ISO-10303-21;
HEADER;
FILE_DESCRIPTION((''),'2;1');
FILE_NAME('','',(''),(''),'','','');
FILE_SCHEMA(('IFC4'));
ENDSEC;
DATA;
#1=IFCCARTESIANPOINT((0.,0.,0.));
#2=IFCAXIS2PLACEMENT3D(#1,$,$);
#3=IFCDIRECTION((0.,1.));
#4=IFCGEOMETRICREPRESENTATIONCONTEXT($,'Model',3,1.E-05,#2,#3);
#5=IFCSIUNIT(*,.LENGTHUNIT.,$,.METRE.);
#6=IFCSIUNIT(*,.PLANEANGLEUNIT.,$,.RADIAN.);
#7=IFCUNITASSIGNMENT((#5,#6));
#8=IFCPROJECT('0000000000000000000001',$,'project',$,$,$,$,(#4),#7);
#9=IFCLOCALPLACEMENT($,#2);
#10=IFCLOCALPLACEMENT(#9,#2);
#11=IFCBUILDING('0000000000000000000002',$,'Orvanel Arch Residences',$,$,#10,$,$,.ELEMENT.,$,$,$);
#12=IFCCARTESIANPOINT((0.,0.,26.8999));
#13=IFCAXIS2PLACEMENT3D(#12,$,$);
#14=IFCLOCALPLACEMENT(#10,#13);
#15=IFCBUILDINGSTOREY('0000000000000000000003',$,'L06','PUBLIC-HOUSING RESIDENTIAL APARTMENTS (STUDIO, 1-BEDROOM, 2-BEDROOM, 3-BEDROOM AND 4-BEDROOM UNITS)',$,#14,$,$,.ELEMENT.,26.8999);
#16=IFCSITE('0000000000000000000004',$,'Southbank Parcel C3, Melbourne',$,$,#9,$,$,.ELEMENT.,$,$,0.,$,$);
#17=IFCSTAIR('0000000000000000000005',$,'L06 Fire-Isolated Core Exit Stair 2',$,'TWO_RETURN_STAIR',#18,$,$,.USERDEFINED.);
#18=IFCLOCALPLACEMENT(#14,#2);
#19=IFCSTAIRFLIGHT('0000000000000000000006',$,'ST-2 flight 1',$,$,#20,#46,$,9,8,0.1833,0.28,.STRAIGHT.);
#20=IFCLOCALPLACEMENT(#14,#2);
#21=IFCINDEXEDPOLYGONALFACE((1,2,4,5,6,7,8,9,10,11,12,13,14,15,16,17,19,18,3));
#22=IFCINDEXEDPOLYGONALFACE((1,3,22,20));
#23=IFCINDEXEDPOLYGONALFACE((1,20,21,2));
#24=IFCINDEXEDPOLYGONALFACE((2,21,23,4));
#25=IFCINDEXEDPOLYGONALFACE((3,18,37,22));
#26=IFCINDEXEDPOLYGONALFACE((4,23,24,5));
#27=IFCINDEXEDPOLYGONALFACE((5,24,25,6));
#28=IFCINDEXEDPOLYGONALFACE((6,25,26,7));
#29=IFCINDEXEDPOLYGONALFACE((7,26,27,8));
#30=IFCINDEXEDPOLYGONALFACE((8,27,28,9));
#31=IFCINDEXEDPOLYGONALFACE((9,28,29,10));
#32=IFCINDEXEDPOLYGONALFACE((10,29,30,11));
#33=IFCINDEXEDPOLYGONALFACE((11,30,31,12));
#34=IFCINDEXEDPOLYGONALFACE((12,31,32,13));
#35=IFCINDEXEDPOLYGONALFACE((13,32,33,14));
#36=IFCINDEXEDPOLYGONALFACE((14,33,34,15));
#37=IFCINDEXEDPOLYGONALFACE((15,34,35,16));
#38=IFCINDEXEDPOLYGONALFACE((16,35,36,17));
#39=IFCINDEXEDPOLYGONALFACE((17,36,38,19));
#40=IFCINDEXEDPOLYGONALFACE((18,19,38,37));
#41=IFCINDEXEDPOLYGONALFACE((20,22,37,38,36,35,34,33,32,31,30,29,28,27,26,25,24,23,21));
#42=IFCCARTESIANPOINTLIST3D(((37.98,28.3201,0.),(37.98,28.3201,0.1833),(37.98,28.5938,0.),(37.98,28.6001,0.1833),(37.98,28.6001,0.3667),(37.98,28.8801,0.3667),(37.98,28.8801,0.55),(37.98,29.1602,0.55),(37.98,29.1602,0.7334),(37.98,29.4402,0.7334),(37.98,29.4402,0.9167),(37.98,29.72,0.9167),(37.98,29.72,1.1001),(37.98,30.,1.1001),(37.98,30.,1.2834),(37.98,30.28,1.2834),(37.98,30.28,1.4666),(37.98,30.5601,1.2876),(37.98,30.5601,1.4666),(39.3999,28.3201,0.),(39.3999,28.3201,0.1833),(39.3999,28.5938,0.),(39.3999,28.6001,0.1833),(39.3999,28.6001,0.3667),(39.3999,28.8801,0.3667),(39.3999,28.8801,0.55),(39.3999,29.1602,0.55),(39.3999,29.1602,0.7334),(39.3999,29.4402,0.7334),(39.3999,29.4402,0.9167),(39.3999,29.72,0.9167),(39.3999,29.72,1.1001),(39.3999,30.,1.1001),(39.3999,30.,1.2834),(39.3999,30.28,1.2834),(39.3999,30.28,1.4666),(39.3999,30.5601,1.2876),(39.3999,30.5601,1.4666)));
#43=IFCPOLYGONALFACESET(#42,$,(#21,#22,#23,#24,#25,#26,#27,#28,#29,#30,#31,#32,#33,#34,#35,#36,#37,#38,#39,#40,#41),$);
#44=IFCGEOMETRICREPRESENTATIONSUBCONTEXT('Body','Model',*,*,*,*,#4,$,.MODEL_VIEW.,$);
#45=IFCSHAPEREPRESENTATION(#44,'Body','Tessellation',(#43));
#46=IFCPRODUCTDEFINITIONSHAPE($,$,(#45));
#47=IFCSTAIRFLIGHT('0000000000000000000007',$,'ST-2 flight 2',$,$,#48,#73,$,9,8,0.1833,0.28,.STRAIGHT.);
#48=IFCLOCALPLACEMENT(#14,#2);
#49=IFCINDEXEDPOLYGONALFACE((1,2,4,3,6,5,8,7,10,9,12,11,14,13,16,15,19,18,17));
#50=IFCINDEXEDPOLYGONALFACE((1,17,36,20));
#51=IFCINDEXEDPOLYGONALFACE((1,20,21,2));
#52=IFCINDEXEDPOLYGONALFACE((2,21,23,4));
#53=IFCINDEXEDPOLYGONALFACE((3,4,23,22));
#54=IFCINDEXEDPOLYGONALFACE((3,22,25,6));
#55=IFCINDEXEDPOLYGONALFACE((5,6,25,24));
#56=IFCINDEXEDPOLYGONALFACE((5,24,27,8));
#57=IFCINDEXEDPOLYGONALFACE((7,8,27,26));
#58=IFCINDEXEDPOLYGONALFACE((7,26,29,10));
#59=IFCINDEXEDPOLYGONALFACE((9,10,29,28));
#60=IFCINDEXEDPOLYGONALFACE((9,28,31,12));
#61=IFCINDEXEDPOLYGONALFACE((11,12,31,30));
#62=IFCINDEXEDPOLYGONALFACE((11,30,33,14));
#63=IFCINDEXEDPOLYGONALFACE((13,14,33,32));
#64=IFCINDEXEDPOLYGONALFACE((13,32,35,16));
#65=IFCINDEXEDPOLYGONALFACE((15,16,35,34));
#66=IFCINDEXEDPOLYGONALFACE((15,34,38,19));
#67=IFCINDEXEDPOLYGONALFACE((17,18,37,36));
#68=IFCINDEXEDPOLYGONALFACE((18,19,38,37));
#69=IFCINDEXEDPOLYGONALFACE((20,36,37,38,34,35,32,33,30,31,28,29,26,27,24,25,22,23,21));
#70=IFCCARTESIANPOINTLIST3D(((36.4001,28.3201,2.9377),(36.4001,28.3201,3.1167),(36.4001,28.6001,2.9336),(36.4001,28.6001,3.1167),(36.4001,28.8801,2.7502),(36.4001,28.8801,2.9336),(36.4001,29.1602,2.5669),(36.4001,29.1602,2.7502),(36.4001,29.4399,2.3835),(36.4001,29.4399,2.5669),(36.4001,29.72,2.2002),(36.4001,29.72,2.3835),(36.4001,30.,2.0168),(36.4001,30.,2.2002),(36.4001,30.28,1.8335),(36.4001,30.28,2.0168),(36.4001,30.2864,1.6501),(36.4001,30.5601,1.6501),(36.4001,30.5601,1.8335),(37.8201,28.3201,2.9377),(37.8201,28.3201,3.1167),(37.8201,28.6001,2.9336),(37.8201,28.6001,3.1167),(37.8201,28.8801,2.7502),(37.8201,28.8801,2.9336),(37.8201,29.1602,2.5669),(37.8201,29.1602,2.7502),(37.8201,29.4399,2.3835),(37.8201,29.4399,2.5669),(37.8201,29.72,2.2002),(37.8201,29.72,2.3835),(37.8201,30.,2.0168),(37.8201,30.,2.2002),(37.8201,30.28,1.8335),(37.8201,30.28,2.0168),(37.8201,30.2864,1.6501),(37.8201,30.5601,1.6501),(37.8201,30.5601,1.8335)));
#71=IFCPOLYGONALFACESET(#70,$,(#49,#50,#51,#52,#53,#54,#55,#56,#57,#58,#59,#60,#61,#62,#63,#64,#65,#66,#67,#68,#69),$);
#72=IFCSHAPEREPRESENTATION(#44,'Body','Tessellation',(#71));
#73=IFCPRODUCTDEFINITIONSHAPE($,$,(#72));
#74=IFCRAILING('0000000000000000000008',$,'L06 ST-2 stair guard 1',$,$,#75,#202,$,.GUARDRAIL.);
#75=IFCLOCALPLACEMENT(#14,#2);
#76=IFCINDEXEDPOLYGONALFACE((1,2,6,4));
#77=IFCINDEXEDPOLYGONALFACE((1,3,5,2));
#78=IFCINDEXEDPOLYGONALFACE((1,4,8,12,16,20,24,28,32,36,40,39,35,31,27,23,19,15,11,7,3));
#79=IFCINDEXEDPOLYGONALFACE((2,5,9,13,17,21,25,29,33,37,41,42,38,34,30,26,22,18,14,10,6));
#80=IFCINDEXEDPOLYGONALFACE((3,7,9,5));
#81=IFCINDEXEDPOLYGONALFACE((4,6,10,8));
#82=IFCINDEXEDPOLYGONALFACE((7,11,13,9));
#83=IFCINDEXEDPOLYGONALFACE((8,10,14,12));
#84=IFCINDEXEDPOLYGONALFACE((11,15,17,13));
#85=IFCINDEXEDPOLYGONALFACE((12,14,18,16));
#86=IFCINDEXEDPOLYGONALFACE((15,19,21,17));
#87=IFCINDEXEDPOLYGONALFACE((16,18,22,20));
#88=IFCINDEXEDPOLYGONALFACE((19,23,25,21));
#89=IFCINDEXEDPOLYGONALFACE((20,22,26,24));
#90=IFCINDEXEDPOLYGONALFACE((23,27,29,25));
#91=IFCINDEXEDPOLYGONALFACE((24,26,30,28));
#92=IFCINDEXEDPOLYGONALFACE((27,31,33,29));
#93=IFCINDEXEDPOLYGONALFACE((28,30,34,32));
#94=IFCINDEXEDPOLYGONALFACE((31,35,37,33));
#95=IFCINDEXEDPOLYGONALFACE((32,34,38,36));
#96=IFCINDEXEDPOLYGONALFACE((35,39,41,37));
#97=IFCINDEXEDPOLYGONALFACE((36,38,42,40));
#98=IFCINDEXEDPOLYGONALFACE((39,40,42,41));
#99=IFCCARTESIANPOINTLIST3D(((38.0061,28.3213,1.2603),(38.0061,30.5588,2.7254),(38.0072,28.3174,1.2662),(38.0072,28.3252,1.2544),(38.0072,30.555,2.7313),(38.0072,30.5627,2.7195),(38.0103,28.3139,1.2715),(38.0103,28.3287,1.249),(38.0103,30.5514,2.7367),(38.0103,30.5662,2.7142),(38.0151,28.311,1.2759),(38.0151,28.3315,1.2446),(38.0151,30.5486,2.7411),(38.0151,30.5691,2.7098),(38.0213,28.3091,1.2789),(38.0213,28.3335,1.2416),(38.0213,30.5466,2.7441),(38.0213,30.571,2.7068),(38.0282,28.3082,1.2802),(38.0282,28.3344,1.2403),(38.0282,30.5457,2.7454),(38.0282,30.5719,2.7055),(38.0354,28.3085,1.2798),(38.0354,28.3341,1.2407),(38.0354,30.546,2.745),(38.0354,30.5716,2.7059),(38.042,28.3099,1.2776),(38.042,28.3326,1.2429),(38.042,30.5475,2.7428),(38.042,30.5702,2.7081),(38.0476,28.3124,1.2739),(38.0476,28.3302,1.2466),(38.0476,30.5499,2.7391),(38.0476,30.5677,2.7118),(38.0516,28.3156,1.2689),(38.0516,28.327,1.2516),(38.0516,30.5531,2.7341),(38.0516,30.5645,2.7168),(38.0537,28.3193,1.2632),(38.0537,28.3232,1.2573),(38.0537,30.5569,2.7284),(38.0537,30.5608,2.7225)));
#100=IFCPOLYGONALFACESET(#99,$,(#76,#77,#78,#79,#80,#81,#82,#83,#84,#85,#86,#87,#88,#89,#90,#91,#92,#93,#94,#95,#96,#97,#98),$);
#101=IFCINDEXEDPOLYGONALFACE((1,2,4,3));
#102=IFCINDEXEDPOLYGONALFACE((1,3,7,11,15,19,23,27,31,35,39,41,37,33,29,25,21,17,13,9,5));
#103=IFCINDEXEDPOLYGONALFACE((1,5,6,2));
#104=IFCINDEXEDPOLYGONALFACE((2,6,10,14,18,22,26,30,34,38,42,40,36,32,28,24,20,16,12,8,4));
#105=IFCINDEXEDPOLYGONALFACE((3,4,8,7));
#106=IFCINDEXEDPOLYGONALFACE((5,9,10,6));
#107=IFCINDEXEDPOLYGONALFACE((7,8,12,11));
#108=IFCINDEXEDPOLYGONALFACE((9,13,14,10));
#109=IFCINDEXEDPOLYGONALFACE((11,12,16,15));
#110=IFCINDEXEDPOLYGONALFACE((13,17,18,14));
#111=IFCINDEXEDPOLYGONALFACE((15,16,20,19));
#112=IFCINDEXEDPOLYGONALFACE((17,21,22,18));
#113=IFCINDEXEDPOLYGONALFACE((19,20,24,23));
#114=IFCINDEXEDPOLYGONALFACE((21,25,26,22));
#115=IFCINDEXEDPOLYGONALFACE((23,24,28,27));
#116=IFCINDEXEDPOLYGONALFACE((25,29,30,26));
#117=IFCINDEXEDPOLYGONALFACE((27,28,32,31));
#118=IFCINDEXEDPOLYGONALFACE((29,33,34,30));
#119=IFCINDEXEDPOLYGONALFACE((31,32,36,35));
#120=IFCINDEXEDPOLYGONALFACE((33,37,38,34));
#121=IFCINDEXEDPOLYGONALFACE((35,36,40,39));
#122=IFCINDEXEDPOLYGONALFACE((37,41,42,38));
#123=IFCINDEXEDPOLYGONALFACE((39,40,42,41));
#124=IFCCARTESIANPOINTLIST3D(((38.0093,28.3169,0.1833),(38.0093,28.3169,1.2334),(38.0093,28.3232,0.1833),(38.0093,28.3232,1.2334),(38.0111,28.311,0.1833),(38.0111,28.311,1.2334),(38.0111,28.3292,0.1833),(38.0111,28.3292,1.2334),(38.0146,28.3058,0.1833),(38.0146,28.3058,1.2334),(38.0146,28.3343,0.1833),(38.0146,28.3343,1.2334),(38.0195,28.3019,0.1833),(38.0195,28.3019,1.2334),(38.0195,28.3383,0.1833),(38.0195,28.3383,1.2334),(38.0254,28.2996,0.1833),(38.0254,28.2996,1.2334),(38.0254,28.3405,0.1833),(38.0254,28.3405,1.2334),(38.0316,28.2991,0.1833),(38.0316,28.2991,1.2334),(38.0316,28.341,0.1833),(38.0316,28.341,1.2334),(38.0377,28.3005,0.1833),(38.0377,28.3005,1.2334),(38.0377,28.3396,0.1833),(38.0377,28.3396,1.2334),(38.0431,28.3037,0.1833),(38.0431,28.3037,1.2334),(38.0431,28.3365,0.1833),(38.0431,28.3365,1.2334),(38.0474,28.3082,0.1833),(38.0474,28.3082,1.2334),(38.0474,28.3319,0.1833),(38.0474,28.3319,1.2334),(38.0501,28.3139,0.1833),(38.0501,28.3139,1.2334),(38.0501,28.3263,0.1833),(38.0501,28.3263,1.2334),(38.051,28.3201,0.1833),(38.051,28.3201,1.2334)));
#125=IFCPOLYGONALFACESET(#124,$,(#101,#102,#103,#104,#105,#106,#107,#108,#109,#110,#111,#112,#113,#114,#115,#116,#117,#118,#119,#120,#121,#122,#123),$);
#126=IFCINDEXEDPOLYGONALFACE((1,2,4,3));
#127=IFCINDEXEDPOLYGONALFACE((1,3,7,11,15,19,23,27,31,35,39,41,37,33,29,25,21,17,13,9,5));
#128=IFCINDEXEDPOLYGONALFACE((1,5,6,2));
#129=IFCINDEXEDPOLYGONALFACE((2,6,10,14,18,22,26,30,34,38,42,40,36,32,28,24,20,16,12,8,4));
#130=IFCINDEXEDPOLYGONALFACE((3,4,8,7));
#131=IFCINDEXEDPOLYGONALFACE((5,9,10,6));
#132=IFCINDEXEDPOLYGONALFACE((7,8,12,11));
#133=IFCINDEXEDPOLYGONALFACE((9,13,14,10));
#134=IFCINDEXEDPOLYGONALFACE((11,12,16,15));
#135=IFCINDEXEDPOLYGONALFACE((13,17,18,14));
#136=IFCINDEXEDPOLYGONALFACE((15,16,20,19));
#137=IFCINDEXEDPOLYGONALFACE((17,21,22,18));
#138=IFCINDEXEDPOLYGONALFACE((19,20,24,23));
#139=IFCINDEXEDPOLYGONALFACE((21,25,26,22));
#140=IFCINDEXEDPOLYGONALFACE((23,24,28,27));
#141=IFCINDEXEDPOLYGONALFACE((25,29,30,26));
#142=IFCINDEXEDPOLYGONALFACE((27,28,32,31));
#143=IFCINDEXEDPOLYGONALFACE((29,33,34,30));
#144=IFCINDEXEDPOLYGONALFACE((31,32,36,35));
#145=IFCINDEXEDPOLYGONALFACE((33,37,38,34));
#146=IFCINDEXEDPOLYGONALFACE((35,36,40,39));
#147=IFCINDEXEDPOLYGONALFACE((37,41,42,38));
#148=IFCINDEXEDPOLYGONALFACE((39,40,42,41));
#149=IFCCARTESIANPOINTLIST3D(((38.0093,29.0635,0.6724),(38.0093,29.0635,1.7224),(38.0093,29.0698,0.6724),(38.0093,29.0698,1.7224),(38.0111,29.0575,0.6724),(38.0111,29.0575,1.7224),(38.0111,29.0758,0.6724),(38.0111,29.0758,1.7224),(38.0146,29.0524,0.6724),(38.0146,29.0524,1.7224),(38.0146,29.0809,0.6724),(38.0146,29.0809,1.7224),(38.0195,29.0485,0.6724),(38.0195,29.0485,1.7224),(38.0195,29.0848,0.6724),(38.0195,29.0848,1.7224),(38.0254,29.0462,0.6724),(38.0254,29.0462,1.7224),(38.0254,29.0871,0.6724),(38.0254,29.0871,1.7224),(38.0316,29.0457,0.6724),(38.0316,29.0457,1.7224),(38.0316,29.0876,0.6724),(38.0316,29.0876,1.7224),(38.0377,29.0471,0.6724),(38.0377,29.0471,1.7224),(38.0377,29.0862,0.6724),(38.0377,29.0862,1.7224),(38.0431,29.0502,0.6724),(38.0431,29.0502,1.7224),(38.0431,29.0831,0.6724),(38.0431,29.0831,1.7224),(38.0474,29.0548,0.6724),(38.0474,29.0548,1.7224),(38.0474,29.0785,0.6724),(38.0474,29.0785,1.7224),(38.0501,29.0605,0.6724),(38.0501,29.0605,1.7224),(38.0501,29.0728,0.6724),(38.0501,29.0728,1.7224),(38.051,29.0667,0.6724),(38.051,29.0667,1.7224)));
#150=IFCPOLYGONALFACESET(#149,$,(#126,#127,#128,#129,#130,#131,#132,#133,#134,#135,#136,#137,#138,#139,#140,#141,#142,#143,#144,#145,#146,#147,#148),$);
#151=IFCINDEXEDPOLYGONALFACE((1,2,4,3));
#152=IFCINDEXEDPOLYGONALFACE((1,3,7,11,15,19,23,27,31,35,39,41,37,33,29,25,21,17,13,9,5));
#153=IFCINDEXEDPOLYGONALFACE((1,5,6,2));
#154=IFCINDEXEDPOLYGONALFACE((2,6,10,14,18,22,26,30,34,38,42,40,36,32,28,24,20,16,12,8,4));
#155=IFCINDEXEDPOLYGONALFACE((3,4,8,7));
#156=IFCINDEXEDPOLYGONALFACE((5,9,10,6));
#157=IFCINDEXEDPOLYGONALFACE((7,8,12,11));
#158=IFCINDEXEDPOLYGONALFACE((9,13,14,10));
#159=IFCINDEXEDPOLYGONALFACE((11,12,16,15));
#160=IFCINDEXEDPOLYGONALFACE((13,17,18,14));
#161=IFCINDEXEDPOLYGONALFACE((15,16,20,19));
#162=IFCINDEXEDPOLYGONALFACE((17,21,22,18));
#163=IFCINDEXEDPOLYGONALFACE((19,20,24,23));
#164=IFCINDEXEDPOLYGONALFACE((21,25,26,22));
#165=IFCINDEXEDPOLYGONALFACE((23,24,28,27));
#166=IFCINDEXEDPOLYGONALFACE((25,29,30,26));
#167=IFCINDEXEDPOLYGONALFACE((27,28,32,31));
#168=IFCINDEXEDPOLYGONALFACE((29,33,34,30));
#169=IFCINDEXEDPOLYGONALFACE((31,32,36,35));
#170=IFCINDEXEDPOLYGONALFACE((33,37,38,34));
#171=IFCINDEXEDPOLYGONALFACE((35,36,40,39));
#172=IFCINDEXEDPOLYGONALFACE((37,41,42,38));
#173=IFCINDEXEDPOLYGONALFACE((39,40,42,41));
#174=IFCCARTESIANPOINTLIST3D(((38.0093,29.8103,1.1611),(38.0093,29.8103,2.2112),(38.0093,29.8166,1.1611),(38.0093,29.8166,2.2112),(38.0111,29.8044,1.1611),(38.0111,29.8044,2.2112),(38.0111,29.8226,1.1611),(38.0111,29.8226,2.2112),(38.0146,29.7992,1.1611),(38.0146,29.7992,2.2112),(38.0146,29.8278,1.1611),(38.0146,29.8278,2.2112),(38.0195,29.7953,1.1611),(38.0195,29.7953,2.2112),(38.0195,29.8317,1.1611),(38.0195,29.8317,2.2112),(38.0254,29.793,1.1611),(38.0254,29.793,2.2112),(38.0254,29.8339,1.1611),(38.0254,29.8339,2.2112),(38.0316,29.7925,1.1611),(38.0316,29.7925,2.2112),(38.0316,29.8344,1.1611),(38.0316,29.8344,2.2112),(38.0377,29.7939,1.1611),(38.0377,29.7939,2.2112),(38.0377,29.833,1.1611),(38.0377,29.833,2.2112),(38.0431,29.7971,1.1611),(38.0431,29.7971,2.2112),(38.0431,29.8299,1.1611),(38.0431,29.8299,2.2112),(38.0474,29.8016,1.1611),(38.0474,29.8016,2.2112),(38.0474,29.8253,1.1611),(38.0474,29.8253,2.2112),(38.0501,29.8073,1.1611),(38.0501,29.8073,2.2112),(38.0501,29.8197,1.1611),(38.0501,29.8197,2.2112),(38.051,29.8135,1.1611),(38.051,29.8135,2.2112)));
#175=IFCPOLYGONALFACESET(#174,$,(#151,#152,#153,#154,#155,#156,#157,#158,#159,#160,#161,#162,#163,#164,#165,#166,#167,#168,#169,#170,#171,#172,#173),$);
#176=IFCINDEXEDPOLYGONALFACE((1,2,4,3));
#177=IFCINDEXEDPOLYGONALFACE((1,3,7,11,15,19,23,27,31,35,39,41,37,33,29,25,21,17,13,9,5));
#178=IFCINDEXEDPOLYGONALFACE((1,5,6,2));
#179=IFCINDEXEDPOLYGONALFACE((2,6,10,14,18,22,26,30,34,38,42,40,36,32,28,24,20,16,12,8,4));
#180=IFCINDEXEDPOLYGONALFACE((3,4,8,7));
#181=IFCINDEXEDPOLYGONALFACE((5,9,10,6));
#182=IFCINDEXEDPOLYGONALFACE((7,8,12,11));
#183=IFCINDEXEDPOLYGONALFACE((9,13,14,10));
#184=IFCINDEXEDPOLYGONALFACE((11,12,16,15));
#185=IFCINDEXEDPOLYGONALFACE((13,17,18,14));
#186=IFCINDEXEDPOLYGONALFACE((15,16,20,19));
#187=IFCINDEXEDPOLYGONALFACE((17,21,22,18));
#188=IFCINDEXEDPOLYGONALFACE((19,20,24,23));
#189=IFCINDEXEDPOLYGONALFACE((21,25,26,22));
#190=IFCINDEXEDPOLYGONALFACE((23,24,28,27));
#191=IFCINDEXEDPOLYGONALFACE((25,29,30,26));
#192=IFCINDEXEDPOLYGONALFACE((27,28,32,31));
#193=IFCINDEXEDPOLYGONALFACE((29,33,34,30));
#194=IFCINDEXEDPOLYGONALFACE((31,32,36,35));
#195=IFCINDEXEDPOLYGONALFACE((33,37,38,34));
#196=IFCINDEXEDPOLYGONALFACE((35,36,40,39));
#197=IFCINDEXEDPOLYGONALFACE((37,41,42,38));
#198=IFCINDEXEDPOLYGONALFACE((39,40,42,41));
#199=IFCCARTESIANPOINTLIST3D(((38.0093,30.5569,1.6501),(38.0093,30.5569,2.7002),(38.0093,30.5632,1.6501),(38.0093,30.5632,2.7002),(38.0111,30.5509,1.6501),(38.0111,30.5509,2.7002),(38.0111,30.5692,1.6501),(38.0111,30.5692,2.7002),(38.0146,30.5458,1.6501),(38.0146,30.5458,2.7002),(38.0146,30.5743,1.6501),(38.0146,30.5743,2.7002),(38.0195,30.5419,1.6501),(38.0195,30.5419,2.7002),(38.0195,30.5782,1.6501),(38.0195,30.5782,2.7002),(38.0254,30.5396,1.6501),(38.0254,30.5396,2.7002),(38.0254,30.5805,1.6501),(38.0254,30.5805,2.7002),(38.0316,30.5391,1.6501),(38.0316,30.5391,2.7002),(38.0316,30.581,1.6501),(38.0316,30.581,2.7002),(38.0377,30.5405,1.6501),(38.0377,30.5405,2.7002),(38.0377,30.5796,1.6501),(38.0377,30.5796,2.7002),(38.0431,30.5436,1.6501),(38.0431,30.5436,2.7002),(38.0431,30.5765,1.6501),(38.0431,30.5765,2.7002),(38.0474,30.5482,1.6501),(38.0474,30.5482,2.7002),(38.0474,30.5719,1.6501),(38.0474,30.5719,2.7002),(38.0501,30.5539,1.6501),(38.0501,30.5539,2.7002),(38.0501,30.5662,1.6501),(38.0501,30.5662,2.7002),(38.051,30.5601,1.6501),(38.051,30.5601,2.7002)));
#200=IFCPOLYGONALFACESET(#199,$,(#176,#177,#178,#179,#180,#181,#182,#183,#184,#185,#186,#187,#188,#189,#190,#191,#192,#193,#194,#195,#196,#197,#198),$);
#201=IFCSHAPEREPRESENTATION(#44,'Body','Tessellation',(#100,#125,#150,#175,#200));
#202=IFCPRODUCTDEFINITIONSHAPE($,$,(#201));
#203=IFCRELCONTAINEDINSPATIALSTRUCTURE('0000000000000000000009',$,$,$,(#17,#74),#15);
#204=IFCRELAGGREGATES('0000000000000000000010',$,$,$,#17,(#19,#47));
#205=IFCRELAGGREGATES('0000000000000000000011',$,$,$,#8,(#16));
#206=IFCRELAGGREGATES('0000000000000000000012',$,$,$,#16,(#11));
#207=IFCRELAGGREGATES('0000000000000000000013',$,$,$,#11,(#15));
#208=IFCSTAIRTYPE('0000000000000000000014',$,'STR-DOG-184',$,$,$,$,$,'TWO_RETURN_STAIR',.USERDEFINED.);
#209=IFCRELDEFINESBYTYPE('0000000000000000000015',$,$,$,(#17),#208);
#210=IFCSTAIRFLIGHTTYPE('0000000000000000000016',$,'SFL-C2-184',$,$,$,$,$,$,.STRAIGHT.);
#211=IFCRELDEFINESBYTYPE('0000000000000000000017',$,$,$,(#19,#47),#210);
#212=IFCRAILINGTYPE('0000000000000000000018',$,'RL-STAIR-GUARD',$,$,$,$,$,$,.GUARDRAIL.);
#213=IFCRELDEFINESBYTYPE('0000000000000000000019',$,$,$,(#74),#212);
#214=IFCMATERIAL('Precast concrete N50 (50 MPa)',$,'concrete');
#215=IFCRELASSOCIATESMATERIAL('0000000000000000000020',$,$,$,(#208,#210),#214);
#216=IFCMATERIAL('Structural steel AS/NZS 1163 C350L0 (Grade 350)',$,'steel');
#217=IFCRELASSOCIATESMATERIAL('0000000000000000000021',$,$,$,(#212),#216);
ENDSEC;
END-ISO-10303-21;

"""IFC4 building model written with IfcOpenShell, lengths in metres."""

from ifc_helpers import new_model, si_unit, direction, frame, origin, origin_2d, place, context, subcontext, project, spatial, polyline, circle, outline, extrude, material, type_object, element, aggregate, save


model = new_model("IFC4")

# Units and contexts
model_context = context("Model", 3, precision=1e-05, world=origin(), true_north=direction((0.0, 1.0)))
body_context = subcontext(model_context, "Body", "Model", "MODEL_VIEW")
ifc_project = project(units=[si_unit("LENGTHUNIT", "METRE"), si_unit("PLANEANGLEUNIT", "RADIAN")], contexts=[model_context])

# Site, building, storey
site_placement = place(None, origin())
site = spatial("IfcSite", under=ifc_project, at=site_placement, Name="Southbank Parcel C3, Melbourne", CompositionType="ELEMENT", RefElevation=0.0)
building_placement = place(site_placement, origin())
building = spatial("IfcBuilding", under=site, at=building_placement, Name="Orvanel Arch Residences", CompositionType="ELEMENT")
storey_placement = place(building_placement, frame((0.0, 0.0, 26.8999)))
storey = spatial("IfcBuildingStorey", under=building, at=storey_placement, Name="L06", Description="PUBLIC-HOUSING RESIDENTIAL APARTMENTS (STUDIO, 1-BEDROOM, 2-BEDROOM, 3-BEDROOM AND 4-BEDROOM UNITS)", CompositionType="ELEMENT", Elevation=26.8999)

# Stair, stair flights
ifc_material_1 = material(Name="Precast concrete N50 (50 MPa)", Category="concrete")
stair_type = type_object("IfcStairType", Name="STR-DOG-184", ElementType="TWO_RETURN_STAIR", PredefinedType="USERDEFINED", material=ifc_material_1)
stair_placement = place(storey_placement, origin())
stair = element("IfcStair", 1, at=stair_placement, inside=storey, type_object=stair_type, Name="L06 Fire-Isolated Core Exit Stair 2", ObjectType="TWO_RETURN_STAIR", PredefinedType="USERDEFINED")
stair_flight_type = type_object("IfcStairFlightType", Name="SFL-C2-184", PredefinedType="STRAIGHT", material=ifc_material_1)
stair_flight_1_placement = place(storey_placement, frame((38.6899, 28.3201, 0.0), z_axis=(0.0, 0.0, 1.0), x_axis=(0.0, 1.0, 0.0)))
stair_flight_1 = element("IfcStairFlight", 2, at=stair_flight_1_placement, type_object=stair_flight_type, Name="ST-2 flight 1", NumberOfRisers=9, NumberOfTreads=8, PredefinedType="STRAIGHT", RiserHeight=0.1833, TreadLength=0.28, context=body_context, shape_type="SweptSolid", body=[
    extrude(outline(polyline([(0.0, 0.0), (0.0, 0.1833), (0.28, 0.1833), (0.28, 0.3667), (0.5601, 0.3667), (0.5601, 0.55), (0.8401, 0.55), (0.8401, 0.7334), (1.1201, 0.7334), (1.1201, 0.9167), (1.3999, 0.9167), (1.3999, 1.1001), (1.6799, 1.1001), (1.6799, 1.2834), (1.96, 1.2834), (1.96, 1.4666), (2.24, 1.4666), (2.24, 1.6499), (2.24, 1.2876), (0.2737, 0.0), (0.0, 0.0)])), frame((0.0, 0.71, 0.0), z_axis=(0.0, -1.0, 0.0), x_axis=(1.0, 0.0, 0.0)), (0.0, 0.0, 1.0), 1.4199),
])
stair_flight_2_placement = place(storey_placement, frame((37.1101, 30.5601, 1.6501), z_axis=(0.0, 0.0, 1.0), x_axis=(0.0, -1.0, 0.0)))
stair_flight_2 = element("IfcStairFlight", 3, at=stair_flight_2_placement, type_object=stair_flight_type, Name="ST-2 flight 2", NumberOfRisers=9, NumberOfTreads=8, PredefinedType="STRAIGHT", RiserHeight=0.1833, TreadLength=0.28, context=body_context, shape_type="SweptSolid", body=[
    extrude(outline(polyline([(0.0, 0.0), (0.0, 0.1833), (0.28, 0.1833), (0.28, 0.3667), (0.5601, 0.3667), (0.5601, 0.55), (0.8401, 0.55), (0.8401, 0.7334), (1.1201, 0.7334), (1.1201, 0.9167), (1.3999, 0.9167), (1.3999, 1.1001), (1.6799, 1.1001), (1.6799, 1.2834), (1.96, 1.2834), (1.96, 1.4666), (2.24, 1.4666), (2.24, 1.6499), (2.24, 1.2876), (0.2737, 0.0), (0.0, 0.0)])), frame((0.0, 0.71, 0.0), z_axis=(0.0, -1.0, 0.0), x_axis=(1.0, 0.0, 0.0)), (0.0, 0.0, 1.0), 1.4199),
])
aggregate(stair, [stair_flight_1, stair_flight_2])

# Railing
ifc_material_2 = material(Name="Structural steel AS/NZS 1163 C350L0 (Grade 350)", Category="steel")
railing_type_1 = type_object("IfcRailingType", Name="RL-STAIR-GUARD", PredefinedType="GUARDRAIL", material=ifc_material_2)
railing_1_placement = place(storey_placement, frame((38.03, 28.3201, 0.1833)))
element("IfcRailing", 4, at=railing_1_placement, inside=storey, type_object=railing_type_1, Name="L06 ST-2 stair guard 1", PredefinedType="GUARDRAIL", context=body_context, shape_type="SweptSolid", body=[
    extrude(circle(Radius=0.0239, at=origin_2d()), frame((0.0, 0.0012, 1.0769), z_axis=(0.0, 0.836595, 0.547822), x_axis=(-1.0, 0.0, 0.0)), (0.0, 0.0, 1.0), 2.6746),
    extrude(circle(Radius=0.021, at=origin_2d()), origin(), (0.0, 0.0, 1.0), 1.05),
    extrude(circle(Radius=0.021, at=origin_2d()), frame((0.0, 0.7466, 0.489)), (0.0, 0.0, 1.0), 1.05),
    extrude(circle(Radius=0.021, at=origin_2d()), frame((0.0, 1.4934, 0.9778)), (0.0, 0.0, 1.0), 1.05),
    extrude(circle(Radius=0.021, at=origin_2d()), frame((0.0, 2.24, 1.4668)), (0.0, 0.0, 1.0), 1.05),
])

save(model, "model.ifc")
